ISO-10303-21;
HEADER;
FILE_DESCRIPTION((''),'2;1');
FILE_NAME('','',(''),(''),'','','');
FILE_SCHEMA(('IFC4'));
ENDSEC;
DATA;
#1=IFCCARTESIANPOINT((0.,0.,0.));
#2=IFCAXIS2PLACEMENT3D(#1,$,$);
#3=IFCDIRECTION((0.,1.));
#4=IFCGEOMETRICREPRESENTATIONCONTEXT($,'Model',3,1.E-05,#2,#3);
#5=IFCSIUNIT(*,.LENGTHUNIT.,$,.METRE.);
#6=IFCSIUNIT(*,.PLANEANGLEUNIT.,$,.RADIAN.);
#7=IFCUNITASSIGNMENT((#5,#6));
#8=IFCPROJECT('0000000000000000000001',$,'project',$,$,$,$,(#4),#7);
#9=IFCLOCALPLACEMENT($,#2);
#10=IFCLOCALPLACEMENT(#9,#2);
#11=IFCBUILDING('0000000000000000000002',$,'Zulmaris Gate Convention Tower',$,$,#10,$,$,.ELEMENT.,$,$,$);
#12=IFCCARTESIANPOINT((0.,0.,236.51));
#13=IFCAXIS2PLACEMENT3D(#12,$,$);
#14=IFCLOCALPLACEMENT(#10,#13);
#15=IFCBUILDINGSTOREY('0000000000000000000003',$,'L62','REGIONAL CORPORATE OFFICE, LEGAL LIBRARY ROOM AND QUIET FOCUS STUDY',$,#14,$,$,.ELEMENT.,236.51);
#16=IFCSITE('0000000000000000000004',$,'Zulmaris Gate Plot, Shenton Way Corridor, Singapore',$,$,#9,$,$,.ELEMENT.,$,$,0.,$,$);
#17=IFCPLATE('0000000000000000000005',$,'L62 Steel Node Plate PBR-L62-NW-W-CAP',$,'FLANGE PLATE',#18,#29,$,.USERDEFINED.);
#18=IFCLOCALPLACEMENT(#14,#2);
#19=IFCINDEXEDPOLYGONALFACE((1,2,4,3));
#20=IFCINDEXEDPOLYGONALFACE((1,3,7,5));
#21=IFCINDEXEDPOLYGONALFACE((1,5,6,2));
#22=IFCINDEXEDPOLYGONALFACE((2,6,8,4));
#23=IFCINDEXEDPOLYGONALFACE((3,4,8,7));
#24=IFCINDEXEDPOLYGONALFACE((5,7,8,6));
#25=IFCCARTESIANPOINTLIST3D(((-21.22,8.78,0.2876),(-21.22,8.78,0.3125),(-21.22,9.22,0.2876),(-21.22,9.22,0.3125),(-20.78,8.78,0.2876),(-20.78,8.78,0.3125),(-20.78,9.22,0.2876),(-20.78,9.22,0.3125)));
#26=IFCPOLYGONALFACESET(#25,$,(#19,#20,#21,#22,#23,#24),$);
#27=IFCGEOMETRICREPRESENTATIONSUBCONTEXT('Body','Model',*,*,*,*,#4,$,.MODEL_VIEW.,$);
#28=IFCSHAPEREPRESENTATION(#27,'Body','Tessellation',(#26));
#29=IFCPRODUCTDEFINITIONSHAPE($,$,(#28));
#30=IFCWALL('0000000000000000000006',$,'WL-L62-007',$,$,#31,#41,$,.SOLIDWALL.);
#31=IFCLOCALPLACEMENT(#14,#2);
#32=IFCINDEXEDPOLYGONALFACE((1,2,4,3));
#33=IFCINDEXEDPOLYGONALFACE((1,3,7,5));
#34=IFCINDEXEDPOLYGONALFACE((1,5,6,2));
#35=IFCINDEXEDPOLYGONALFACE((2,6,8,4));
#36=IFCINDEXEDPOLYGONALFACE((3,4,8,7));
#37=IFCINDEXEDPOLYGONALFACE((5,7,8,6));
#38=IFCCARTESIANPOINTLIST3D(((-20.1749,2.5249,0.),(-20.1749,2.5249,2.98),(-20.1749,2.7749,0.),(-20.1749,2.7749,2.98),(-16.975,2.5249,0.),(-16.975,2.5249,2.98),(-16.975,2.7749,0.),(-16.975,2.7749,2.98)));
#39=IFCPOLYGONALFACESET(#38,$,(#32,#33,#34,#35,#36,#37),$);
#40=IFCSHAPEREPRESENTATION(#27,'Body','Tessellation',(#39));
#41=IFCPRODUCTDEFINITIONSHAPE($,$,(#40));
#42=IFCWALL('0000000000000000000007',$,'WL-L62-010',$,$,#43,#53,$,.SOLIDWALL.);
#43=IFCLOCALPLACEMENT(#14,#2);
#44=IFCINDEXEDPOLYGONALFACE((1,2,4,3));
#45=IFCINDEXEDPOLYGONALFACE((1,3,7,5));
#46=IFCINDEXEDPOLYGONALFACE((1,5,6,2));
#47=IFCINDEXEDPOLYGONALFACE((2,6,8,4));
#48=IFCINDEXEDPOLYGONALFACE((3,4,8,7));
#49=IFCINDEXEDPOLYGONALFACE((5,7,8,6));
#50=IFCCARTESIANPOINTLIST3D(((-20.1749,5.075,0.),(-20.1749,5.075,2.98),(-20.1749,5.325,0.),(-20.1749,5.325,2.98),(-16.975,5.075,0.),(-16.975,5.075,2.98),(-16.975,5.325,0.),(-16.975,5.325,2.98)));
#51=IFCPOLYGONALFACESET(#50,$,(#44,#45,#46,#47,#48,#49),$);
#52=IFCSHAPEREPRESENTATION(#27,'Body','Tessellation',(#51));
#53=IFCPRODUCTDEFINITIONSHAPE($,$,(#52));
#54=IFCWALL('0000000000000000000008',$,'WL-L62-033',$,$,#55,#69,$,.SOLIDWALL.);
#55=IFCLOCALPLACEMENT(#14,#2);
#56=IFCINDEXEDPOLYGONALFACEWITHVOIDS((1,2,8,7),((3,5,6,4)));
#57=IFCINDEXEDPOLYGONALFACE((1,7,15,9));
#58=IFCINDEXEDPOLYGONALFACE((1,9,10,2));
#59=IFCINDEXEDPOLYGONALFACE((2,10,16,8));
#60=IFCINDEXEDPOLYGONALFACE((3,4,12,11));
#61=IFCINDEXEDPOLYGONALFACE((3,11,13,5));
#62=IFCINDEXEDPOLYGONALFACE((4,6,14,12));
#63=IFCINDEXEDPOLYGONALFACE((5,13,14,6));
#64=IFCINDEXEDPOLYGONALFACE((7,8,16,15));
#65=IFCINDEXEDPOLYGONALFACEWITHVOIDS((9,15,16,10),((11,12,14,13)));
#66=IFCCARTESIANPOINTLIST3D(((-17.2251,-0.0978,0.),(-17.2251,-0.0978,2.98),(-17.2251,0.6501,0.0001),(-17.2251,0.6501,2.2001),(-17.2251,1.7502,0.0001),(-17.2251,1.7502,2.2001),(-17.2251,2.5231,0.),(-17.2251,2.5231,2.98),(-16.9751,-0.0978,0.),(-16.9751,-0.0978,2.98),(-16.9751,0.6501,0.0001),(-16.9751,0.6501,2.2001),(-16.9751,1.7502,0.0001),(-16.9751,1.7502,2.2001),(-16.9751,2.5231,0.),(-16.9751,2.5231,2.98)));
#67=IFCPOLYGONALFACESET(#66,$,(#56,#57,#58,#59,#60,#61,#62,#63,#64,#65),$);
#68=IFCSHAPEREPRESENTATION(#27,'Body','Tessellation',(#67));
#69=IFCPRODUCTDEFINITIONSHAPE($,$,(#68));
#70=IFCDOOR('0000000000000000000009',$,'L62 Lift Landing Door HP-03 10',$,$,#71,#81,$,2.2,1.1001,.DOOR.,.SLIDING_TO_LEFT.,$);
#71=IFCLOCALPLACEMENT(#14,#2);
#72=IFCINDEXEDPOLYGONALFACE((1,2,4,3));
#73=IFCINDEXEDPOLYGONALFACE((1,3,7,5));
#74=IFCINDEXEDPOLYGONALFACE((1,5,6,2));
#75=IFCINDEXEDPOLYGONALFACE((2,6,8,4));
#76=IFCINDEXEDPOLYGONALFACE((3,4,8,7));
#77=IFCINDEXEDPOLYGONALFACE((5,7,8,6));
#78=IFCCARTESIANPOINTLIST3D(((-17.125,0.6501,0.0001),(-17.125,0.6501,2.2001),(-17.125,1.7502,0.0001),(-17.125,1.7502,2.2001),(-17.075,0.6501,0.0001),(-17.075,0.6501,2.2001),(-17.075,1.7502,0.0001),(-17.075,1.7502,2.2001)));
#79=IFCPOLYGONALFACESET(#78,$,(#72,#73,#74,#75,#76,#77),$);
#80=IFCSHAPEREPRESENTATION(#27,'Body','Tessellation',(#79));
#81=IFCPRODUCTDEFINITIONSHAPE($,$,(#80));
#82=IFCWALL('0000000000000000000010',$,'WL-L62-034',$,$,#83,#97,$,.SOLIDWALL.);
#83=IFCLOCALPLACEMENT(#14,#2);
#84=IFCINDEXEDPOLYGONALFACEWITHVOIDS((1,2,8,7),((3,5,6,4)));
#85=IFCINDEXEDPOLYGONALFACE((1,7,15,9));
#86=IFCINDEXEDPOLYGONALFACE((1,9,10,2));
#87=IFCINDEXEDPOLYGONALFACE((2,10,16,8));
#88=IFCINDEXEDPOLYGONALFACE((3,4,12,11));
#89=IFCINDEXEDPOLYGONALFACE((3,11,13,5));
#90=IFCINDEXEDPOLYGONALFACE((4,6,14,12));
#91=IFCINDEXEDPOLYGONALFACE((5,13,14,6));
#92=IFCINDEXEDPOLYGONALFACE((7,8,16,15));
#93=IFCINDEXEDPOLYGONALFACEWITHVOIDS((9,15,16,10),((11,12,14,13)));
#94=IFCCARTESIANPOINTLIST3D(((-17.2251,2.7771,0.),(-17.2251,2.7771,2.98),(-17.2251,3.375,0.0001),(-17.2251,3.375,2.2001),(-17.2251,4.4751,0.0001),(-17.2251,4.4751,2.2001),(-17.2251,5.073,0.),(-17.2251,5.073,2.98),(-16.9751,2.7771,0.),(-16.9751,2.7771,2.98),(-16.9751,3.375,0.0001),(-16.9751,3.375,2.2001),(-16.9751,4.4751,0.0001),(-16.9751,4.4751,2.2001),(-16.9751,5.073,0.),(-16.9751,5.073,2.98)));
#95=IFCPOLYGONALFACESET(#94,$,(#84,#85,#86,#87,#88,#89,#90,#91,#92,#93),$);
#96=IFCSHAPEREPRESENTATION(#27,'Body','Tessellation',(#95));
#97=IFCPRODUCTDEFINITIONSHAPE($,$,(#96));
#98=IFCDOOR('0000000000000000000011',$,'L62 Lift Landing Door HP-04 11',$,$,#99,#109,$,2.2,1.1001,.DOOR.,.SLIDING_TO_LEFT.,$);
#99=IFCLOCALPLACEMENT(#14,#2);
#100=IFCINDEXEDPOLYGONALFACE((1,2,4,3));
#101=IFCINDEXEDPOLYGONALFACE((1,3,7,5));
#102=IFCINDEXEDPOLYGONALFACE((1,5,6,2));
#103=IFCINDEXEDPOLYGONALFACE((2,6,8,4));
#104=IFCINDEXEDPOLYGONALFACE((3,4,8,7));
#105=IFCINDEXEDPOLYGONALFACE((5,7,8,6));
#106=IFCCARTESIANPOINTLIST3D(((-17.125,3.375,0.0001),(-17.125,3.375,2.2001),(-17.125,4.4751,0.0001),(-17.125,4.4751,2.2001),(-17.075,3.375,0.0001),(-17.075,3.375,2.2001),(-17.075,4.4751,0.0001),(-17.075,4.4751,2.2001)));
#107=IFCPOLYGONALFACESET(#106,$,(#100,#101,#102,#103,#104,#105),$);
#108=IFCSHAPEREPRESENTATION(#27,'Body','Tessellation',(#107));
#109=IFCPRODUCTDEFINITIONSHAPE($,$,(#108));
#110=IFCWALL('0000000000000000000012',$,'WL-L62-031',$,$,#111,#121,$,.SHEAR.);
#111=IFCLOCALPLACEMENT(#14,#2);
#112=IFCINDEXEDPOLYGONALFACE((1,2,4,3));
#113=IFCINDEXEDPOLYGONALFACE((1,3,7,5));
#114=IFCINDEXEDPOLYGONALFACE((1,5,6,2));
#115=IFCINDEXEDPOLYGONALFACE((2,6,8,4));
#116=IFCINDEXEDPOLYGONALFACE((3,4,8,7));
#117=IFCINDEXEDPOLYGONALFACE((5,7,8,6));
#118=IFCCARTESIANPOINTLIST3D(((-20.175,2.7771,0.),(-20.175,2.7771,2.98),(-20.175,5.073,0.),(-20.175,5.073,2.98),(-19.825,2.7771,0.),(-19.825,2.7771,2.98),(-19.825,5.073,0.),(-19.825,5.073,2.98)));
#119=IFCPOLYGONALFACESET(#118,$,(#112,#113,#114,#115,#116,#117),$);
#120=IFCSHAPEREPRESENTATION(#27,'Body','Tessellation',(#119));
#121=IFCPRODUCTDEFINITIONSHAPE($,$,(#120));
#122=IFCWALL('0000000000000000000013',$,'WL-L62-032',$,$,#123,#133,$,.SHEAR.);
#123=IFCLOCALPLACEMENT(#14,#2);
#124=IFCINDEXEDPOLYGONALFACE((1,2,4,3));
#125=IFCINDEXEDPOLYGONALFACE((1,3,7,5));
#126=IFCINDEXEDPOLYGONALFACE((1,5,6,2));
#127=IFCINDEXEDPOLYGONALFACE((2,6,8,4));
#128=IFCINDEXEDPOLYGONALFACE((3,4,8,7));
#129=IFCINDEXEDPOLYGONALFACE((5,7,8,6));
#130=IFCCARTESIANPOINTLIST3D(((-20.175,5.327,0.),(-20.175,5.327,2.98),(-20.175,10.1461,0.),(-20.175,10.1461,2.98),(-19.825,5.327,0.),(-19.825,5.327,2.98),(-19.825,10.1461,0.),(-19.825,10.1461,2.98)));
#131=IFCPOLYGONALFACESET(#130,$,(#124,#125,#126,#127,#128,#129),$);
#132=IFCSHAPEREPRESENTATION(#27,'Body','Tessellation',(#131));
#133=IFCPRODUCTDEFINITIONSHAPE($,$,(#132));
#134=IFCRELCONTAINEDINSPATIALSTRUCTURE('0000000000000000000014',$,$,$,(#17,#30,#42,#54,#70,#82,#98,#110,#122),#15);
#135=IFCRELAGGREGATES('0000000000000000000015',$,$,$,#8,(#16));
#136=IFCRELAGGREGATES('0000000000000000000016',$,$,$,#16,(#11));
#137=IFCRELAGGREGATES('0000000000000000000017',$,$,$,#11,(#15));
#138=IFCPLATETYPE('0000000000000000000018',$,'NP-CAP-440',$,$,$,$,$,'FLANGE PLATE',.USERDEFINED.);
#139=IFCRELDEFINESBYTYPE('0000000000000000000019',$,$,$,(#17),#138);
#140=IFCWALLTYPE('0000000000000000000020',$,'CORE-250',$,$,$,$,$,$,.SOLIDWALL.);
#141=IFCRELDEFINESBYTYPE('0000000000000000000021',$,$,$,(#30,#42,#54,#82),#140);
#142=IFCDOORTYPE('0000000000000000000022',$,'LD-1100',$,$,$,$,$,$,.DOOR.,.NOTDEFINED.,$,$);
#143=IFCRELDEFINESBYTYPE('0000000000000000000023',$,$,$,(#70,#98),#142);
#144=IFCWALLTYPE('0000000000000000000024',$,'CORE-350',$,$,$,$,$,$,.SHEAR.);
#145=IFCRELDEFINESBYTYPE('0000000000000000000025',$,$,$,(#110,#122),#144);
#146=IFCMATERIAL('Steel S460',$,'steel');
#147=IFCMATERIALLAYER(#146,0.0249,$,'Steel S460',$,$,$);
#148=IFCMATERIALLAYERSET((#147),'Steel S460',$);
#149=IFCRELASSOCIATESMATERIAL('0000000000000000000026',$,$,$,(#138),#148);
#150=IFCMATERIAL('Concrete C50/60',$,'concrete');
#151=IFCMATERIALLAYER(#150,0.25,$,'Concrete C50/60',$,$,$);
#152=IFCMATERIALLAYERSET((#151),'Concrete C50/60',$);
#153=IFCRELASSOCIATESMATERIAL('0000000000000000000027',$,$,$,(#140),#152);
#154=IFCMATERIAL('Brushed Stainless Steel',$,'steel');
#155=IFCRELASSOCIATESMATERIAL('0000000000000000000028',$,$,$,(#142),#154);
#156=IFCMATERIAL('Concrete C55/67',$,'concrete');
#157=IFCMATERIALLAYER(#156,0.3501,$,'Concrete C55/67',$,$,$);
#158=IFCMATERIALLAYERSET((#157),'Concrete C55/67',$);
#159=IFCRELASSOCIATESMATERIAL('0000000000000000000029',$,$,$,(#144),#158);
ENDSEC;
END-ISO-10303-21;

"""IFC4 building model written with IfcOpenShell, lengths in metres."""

from ifc_helpers import new_model, si_unit, direction, frame, frame_2d, origin, origin_2d, place, context, subcontext, project, spatial, rectangle, extrude, material, layer, layer_set, type_object, element, fill, save


model = new_model("IFC4")

# Units and contexts
model_context = context("Model", 3, precision=1e-05, world=origin(), true_north=direction((0.0, 1.0)))
body_context = subcontext(model_context, "Body", "Model", "MODEL_VIEW")
ifc_project = project(units=[si_unit("LENGTHUNIT", "METRE"), si_unit("PLANEANGLEUNIT", "RADIAN")], contexts=[model_context])

# Site, building, storey
site_placement = place(None, origin())
site = spatial("IfcSite", under=ifc_project, at=site_placement, Name="Zulmaris Gate Plot, Shenton Way Corridor, Singapore", CompositionType="ELEMENT", RefElevation=0.0)
building_placement = place(site_placement, origin())
building = spatial("IfcBuilding", under=site, at=building_placement, Name="Zulmaris Gate Convention Tower", CompositionType="ELEMENT")
storey_placement = place(building_placement, frame((0.0, 0.0, 236.51)))
storey = spatial("IfcBuildingStorey", under=building, at=storey_placement, Name="L62", Description="REGIONAL CORPORATE OFFICE, LEGAL LIBRARY ROOM AND QUIET FOCUS STUDY", CompositionType="ELEMENT", Elevation=236.51)

# Shared definitions
ifc_material_1 = material(Name="Concrete C50/60", Category="concrete")

# Plate
ifc_material_2 = material(Name="Steel S460", Category="steel")
ifc_layer_1 = layer(ifc_material_2, 0.0249, Name="Steel S460")
ifc_layer_set_1 = layer_set([ifc_layer_1], Name="Steel S460")
plate_type = type_object("IfcPlateType", Name="NP-CAP-440", ElementType="FLANGE PLATE", PredefinedType="USERDEFINED", material=ifc_layer_set_1)
plate_placement = place(storey_placement, frame((-21.0, 9.0, 0.2876), z_axis=(0.0, 0.0, 1.0), x_axis=(1.0, 0.0, 0.0)))
element("IfcPlate", 1, at=plate_placement, inside=storey, type_object=plate_type, Name="L62 Steel Node Plate PBR-L62-NW-W-CAP", ObjectType="FLANGE PLATE", PredefinedType="USERDEFINED", context=body_context, shape_type="SweptSolid", body=[
    extrude(rectangle(XDim=0.4399, YDim=0.4399, at=origin_2d()), origin(), (0.0, 0.0, 1.0), 0.0249),
])

# Walls
ifc_layer_2 = layer(ifc_material_1, 0.25, Name="Concrete C50/60")
ifc_layer_set_2 = layer_set([ifc_layer_2], Name="Concrete C50/60")
wall_type_1 = type_object("IfcWallType", Name="CORE-250", PredefinedType="SOLIDWALL", material=ifc_layer_set_2)
for number, where, z_axis, x_axis, name in (
    (2, (-20.175, 2.6499, 0.0), (0.0, 0.0, 1.0), (1.0, 0.0, 0.0), "WL-L62-007"),
    (3, (-20.175, 5.2, 0.0), (0.0, 0.0, 1.0), (1.0, 0.0, 0.0), "WL-L62-010"),
):
    element("IfcWall", number, at=place(storey_placement, frame(where, z_axis=z_axis, x_axis=x_axis)), inside=storey, type_object=wall_type_1, Name=name, PredefinedType="SOLIDWALL", context=body_context, shape_type="SweptSolid", body=[
        extrude(rectangle(XDim=3.2, YDim=0.25, at=frame_2d((1.6001, 0.0))), origin(), (0.0, 0.0, 1.0), 2.98),
    ])

# Walls, openings, doors
wall_1_placement = place(storey_placement, frame((-17.1001, -0.0979, 0.0), z_axis=(0.0, 0.0, 1.0), x_axis=(0.0, 1.0, 0.0)))
wall_1 = element("IfcWall", 4, at=wall_1_placement, inside=storey, type_object=wall_type_1, Name="WL-L62-033", PredefinedType="SOLIDWALL", context=body_context, shape_type="SweptSolid", body=[
    extrude(rectangle(XDim=2.6208, YDim=0.25, at=frame_2d((1.3105, 0.0))), origin(), (0.0, 0.0, 1.0), 2.98),
])
opening_1_placement = place(wall_1_placement, frame((0.748, 0.0, 0.0)))
opening_1 = element("IfcOpeningElement", 5, at=opening_1_placement, cuts=wall_1, PredefinedType="OPENING", context=body_context, shape_type="SweptSolid", body=[
    extrude(rectangle(XDim=1.1001, YDim=2.2, at=frame_2d((0.55, 1.1001))), frame((0.0, 0.135, 0.0), z_axis=(0.0, -1.0, 0.0), x_axis=(1.0, 0.0, 0.0)), (0.0, 0.0, 1.0), 0.27),
])
ifc_material_3 = material(Name="Brushed Stainless Steel", Category="steel")
door_type_1 = type_object("IfcDoorType", Name="LD-1100", OperationType="NOTDEFINED", PredefinedType="DOOR", material=ifc_material_3)
door_1_placement = place(opening_1_placement, origin())
door_1 = element("IfcDoor", 6, at=door_1_placement, inside=storey, type_object=door_type_1, Name="L62 Lift Landing Door HP-03 10", OperationType="SLIDING_TO_LEFT", OverallHeight=2.2, OverallWidth=1.1001, PredefinedType="DOOR", context=body_context, shape_type="SweptSolid", body=[
    extrude(rectangle(XDim=1.1001, YDim=2.2, at=frame_2d((0.55, 1.1001))), frame((0.0, 0.0249, 0.0), z_axis=(0.0, -1.0, 0.0), x_axis=(1.0, 0.0, 0.0)), (0.0, 0.0, 1.0), 0.05),
])
fill(opening_1, door_1)
wall_2_placement = place(storey_placement, frame((-17.1001, 2.7771, 0.0), z_axis=(0.0, 0.0, 1.0), x_axis=(0.0, 1.0, 0.0)))
wall_2 = element("IfcWall", 7, at=wall_2_placement, inside=storey, type_object=wall_type_1, Name="WL-L62-034", PredefinedType="SOLIDWALL", context=body_context, shape_type="SweptSolid", body=[
    extrude(rectangle(XDim=2.2959, YDim=0.25, at=frame_2d((1.1479, 0.0))), origin(), (0.0, 0.0, 1.0), 2.98),
])
opening_2_placement = place(wall_2_placement, frame((0.5979, 0.0, 0.0)))
opening_2 = element("IfcOpeningElement", 8, at=opening_2_placement, cuts=wall_2, PredefinedType="OPENING", context=body_context, shape_type="SweptSolid", body=[
    extrude(rectangle(XDim=1.1001, YDim=2.2, at=frame_2d((0.55, 1.1001))), frame((0.0, 0.135, 0.0), z_axis=(0.0, -1.0, 0.0), x_axis=(1.0, 0.0, 0.0)), (0.0, 0.0, 1.0), 0.27),
])
door_2_placement = place(opening_2_placement, origin())
door_2 = element("IfcDoor", 9, at=door_2_placement, inside=storey, type_object=door_type_1, Name="L62 Lift Landing Door HP-04 11", OperationType="SLIDING_TO_LEFT", OverallHeight=2.2, OverallWidth=1.1001, PredefinedType="DOOR", context=body_context, shape_type="SweptSolid", body=[
    extrude(rectangle(XDim=1.1001, YDim=2.2, at=frame_2d((0.55, 1.1001))), frame((0.0, 0.0249, 0.0), z_axis=(0.0, -1.0, 0.0), x_axis=(1.0, 0.0, 0.0)), (0.0, 0.0, 1.0), 0.05),
])
fill(opening_2, door_2)

# Walls
ifc_material_4 = material(Name="Concrete C55/67", Category="concrete")
ifc_layer_3 = layer(ifc_material_4, 0.3501, Name="Concrete C55/67")
ifc_layer_set_3 = layer_set([ifc_layer_3], Name="Concrete C55/67")
wall_type_2 = type_object("IfcWallType", Name="CORE-350", PredefinedType="SHEAR", material=ifc_layer_set_3)
wall_3_placement = place(storey_placement, frame((-20.0, 2.7771, 0.0), z_axis=(0.0, 0.0, 1.0), x_axis=(0.0, 1.0, 0.0)))
element("IfcWall", 10, at=wall_3_placement, inside=storey, type_object=wall_type_2, Name="WL-L62-031", PredefinedType="SHEAR", context=body_context, shape_type="SweptSolid", body=[
    extrude(rectangle(XDim=2.2959, YDim=0.3501, at=frame_2d((1.1479, 0.0))), origin(), (0.0, 0.0, 1.0), 2.98),
])
wall_4_placement = place(storey_placement, frame((-20.0, 5.3269, 0.0), z_axis=(0.0, 0.0, 1.0), x_axis=(0.0, 1.0, 0.0)))
element("IfcWall", 11, at=wall_4_placement, inside=storey, type_object=wall_type_2, Name="WL-L62-032", PredefinedType="SHEAR", context=body_context, shape_type="SweptSolid", body=[
    extrude(rectangle(XDim=4.8191, YDim=0.3501, at=frame_2d((2.4097, 0.0))), origin(), (0.0, 0.0, 1.0), 2.98),
])

save(model, "model.ifc")
